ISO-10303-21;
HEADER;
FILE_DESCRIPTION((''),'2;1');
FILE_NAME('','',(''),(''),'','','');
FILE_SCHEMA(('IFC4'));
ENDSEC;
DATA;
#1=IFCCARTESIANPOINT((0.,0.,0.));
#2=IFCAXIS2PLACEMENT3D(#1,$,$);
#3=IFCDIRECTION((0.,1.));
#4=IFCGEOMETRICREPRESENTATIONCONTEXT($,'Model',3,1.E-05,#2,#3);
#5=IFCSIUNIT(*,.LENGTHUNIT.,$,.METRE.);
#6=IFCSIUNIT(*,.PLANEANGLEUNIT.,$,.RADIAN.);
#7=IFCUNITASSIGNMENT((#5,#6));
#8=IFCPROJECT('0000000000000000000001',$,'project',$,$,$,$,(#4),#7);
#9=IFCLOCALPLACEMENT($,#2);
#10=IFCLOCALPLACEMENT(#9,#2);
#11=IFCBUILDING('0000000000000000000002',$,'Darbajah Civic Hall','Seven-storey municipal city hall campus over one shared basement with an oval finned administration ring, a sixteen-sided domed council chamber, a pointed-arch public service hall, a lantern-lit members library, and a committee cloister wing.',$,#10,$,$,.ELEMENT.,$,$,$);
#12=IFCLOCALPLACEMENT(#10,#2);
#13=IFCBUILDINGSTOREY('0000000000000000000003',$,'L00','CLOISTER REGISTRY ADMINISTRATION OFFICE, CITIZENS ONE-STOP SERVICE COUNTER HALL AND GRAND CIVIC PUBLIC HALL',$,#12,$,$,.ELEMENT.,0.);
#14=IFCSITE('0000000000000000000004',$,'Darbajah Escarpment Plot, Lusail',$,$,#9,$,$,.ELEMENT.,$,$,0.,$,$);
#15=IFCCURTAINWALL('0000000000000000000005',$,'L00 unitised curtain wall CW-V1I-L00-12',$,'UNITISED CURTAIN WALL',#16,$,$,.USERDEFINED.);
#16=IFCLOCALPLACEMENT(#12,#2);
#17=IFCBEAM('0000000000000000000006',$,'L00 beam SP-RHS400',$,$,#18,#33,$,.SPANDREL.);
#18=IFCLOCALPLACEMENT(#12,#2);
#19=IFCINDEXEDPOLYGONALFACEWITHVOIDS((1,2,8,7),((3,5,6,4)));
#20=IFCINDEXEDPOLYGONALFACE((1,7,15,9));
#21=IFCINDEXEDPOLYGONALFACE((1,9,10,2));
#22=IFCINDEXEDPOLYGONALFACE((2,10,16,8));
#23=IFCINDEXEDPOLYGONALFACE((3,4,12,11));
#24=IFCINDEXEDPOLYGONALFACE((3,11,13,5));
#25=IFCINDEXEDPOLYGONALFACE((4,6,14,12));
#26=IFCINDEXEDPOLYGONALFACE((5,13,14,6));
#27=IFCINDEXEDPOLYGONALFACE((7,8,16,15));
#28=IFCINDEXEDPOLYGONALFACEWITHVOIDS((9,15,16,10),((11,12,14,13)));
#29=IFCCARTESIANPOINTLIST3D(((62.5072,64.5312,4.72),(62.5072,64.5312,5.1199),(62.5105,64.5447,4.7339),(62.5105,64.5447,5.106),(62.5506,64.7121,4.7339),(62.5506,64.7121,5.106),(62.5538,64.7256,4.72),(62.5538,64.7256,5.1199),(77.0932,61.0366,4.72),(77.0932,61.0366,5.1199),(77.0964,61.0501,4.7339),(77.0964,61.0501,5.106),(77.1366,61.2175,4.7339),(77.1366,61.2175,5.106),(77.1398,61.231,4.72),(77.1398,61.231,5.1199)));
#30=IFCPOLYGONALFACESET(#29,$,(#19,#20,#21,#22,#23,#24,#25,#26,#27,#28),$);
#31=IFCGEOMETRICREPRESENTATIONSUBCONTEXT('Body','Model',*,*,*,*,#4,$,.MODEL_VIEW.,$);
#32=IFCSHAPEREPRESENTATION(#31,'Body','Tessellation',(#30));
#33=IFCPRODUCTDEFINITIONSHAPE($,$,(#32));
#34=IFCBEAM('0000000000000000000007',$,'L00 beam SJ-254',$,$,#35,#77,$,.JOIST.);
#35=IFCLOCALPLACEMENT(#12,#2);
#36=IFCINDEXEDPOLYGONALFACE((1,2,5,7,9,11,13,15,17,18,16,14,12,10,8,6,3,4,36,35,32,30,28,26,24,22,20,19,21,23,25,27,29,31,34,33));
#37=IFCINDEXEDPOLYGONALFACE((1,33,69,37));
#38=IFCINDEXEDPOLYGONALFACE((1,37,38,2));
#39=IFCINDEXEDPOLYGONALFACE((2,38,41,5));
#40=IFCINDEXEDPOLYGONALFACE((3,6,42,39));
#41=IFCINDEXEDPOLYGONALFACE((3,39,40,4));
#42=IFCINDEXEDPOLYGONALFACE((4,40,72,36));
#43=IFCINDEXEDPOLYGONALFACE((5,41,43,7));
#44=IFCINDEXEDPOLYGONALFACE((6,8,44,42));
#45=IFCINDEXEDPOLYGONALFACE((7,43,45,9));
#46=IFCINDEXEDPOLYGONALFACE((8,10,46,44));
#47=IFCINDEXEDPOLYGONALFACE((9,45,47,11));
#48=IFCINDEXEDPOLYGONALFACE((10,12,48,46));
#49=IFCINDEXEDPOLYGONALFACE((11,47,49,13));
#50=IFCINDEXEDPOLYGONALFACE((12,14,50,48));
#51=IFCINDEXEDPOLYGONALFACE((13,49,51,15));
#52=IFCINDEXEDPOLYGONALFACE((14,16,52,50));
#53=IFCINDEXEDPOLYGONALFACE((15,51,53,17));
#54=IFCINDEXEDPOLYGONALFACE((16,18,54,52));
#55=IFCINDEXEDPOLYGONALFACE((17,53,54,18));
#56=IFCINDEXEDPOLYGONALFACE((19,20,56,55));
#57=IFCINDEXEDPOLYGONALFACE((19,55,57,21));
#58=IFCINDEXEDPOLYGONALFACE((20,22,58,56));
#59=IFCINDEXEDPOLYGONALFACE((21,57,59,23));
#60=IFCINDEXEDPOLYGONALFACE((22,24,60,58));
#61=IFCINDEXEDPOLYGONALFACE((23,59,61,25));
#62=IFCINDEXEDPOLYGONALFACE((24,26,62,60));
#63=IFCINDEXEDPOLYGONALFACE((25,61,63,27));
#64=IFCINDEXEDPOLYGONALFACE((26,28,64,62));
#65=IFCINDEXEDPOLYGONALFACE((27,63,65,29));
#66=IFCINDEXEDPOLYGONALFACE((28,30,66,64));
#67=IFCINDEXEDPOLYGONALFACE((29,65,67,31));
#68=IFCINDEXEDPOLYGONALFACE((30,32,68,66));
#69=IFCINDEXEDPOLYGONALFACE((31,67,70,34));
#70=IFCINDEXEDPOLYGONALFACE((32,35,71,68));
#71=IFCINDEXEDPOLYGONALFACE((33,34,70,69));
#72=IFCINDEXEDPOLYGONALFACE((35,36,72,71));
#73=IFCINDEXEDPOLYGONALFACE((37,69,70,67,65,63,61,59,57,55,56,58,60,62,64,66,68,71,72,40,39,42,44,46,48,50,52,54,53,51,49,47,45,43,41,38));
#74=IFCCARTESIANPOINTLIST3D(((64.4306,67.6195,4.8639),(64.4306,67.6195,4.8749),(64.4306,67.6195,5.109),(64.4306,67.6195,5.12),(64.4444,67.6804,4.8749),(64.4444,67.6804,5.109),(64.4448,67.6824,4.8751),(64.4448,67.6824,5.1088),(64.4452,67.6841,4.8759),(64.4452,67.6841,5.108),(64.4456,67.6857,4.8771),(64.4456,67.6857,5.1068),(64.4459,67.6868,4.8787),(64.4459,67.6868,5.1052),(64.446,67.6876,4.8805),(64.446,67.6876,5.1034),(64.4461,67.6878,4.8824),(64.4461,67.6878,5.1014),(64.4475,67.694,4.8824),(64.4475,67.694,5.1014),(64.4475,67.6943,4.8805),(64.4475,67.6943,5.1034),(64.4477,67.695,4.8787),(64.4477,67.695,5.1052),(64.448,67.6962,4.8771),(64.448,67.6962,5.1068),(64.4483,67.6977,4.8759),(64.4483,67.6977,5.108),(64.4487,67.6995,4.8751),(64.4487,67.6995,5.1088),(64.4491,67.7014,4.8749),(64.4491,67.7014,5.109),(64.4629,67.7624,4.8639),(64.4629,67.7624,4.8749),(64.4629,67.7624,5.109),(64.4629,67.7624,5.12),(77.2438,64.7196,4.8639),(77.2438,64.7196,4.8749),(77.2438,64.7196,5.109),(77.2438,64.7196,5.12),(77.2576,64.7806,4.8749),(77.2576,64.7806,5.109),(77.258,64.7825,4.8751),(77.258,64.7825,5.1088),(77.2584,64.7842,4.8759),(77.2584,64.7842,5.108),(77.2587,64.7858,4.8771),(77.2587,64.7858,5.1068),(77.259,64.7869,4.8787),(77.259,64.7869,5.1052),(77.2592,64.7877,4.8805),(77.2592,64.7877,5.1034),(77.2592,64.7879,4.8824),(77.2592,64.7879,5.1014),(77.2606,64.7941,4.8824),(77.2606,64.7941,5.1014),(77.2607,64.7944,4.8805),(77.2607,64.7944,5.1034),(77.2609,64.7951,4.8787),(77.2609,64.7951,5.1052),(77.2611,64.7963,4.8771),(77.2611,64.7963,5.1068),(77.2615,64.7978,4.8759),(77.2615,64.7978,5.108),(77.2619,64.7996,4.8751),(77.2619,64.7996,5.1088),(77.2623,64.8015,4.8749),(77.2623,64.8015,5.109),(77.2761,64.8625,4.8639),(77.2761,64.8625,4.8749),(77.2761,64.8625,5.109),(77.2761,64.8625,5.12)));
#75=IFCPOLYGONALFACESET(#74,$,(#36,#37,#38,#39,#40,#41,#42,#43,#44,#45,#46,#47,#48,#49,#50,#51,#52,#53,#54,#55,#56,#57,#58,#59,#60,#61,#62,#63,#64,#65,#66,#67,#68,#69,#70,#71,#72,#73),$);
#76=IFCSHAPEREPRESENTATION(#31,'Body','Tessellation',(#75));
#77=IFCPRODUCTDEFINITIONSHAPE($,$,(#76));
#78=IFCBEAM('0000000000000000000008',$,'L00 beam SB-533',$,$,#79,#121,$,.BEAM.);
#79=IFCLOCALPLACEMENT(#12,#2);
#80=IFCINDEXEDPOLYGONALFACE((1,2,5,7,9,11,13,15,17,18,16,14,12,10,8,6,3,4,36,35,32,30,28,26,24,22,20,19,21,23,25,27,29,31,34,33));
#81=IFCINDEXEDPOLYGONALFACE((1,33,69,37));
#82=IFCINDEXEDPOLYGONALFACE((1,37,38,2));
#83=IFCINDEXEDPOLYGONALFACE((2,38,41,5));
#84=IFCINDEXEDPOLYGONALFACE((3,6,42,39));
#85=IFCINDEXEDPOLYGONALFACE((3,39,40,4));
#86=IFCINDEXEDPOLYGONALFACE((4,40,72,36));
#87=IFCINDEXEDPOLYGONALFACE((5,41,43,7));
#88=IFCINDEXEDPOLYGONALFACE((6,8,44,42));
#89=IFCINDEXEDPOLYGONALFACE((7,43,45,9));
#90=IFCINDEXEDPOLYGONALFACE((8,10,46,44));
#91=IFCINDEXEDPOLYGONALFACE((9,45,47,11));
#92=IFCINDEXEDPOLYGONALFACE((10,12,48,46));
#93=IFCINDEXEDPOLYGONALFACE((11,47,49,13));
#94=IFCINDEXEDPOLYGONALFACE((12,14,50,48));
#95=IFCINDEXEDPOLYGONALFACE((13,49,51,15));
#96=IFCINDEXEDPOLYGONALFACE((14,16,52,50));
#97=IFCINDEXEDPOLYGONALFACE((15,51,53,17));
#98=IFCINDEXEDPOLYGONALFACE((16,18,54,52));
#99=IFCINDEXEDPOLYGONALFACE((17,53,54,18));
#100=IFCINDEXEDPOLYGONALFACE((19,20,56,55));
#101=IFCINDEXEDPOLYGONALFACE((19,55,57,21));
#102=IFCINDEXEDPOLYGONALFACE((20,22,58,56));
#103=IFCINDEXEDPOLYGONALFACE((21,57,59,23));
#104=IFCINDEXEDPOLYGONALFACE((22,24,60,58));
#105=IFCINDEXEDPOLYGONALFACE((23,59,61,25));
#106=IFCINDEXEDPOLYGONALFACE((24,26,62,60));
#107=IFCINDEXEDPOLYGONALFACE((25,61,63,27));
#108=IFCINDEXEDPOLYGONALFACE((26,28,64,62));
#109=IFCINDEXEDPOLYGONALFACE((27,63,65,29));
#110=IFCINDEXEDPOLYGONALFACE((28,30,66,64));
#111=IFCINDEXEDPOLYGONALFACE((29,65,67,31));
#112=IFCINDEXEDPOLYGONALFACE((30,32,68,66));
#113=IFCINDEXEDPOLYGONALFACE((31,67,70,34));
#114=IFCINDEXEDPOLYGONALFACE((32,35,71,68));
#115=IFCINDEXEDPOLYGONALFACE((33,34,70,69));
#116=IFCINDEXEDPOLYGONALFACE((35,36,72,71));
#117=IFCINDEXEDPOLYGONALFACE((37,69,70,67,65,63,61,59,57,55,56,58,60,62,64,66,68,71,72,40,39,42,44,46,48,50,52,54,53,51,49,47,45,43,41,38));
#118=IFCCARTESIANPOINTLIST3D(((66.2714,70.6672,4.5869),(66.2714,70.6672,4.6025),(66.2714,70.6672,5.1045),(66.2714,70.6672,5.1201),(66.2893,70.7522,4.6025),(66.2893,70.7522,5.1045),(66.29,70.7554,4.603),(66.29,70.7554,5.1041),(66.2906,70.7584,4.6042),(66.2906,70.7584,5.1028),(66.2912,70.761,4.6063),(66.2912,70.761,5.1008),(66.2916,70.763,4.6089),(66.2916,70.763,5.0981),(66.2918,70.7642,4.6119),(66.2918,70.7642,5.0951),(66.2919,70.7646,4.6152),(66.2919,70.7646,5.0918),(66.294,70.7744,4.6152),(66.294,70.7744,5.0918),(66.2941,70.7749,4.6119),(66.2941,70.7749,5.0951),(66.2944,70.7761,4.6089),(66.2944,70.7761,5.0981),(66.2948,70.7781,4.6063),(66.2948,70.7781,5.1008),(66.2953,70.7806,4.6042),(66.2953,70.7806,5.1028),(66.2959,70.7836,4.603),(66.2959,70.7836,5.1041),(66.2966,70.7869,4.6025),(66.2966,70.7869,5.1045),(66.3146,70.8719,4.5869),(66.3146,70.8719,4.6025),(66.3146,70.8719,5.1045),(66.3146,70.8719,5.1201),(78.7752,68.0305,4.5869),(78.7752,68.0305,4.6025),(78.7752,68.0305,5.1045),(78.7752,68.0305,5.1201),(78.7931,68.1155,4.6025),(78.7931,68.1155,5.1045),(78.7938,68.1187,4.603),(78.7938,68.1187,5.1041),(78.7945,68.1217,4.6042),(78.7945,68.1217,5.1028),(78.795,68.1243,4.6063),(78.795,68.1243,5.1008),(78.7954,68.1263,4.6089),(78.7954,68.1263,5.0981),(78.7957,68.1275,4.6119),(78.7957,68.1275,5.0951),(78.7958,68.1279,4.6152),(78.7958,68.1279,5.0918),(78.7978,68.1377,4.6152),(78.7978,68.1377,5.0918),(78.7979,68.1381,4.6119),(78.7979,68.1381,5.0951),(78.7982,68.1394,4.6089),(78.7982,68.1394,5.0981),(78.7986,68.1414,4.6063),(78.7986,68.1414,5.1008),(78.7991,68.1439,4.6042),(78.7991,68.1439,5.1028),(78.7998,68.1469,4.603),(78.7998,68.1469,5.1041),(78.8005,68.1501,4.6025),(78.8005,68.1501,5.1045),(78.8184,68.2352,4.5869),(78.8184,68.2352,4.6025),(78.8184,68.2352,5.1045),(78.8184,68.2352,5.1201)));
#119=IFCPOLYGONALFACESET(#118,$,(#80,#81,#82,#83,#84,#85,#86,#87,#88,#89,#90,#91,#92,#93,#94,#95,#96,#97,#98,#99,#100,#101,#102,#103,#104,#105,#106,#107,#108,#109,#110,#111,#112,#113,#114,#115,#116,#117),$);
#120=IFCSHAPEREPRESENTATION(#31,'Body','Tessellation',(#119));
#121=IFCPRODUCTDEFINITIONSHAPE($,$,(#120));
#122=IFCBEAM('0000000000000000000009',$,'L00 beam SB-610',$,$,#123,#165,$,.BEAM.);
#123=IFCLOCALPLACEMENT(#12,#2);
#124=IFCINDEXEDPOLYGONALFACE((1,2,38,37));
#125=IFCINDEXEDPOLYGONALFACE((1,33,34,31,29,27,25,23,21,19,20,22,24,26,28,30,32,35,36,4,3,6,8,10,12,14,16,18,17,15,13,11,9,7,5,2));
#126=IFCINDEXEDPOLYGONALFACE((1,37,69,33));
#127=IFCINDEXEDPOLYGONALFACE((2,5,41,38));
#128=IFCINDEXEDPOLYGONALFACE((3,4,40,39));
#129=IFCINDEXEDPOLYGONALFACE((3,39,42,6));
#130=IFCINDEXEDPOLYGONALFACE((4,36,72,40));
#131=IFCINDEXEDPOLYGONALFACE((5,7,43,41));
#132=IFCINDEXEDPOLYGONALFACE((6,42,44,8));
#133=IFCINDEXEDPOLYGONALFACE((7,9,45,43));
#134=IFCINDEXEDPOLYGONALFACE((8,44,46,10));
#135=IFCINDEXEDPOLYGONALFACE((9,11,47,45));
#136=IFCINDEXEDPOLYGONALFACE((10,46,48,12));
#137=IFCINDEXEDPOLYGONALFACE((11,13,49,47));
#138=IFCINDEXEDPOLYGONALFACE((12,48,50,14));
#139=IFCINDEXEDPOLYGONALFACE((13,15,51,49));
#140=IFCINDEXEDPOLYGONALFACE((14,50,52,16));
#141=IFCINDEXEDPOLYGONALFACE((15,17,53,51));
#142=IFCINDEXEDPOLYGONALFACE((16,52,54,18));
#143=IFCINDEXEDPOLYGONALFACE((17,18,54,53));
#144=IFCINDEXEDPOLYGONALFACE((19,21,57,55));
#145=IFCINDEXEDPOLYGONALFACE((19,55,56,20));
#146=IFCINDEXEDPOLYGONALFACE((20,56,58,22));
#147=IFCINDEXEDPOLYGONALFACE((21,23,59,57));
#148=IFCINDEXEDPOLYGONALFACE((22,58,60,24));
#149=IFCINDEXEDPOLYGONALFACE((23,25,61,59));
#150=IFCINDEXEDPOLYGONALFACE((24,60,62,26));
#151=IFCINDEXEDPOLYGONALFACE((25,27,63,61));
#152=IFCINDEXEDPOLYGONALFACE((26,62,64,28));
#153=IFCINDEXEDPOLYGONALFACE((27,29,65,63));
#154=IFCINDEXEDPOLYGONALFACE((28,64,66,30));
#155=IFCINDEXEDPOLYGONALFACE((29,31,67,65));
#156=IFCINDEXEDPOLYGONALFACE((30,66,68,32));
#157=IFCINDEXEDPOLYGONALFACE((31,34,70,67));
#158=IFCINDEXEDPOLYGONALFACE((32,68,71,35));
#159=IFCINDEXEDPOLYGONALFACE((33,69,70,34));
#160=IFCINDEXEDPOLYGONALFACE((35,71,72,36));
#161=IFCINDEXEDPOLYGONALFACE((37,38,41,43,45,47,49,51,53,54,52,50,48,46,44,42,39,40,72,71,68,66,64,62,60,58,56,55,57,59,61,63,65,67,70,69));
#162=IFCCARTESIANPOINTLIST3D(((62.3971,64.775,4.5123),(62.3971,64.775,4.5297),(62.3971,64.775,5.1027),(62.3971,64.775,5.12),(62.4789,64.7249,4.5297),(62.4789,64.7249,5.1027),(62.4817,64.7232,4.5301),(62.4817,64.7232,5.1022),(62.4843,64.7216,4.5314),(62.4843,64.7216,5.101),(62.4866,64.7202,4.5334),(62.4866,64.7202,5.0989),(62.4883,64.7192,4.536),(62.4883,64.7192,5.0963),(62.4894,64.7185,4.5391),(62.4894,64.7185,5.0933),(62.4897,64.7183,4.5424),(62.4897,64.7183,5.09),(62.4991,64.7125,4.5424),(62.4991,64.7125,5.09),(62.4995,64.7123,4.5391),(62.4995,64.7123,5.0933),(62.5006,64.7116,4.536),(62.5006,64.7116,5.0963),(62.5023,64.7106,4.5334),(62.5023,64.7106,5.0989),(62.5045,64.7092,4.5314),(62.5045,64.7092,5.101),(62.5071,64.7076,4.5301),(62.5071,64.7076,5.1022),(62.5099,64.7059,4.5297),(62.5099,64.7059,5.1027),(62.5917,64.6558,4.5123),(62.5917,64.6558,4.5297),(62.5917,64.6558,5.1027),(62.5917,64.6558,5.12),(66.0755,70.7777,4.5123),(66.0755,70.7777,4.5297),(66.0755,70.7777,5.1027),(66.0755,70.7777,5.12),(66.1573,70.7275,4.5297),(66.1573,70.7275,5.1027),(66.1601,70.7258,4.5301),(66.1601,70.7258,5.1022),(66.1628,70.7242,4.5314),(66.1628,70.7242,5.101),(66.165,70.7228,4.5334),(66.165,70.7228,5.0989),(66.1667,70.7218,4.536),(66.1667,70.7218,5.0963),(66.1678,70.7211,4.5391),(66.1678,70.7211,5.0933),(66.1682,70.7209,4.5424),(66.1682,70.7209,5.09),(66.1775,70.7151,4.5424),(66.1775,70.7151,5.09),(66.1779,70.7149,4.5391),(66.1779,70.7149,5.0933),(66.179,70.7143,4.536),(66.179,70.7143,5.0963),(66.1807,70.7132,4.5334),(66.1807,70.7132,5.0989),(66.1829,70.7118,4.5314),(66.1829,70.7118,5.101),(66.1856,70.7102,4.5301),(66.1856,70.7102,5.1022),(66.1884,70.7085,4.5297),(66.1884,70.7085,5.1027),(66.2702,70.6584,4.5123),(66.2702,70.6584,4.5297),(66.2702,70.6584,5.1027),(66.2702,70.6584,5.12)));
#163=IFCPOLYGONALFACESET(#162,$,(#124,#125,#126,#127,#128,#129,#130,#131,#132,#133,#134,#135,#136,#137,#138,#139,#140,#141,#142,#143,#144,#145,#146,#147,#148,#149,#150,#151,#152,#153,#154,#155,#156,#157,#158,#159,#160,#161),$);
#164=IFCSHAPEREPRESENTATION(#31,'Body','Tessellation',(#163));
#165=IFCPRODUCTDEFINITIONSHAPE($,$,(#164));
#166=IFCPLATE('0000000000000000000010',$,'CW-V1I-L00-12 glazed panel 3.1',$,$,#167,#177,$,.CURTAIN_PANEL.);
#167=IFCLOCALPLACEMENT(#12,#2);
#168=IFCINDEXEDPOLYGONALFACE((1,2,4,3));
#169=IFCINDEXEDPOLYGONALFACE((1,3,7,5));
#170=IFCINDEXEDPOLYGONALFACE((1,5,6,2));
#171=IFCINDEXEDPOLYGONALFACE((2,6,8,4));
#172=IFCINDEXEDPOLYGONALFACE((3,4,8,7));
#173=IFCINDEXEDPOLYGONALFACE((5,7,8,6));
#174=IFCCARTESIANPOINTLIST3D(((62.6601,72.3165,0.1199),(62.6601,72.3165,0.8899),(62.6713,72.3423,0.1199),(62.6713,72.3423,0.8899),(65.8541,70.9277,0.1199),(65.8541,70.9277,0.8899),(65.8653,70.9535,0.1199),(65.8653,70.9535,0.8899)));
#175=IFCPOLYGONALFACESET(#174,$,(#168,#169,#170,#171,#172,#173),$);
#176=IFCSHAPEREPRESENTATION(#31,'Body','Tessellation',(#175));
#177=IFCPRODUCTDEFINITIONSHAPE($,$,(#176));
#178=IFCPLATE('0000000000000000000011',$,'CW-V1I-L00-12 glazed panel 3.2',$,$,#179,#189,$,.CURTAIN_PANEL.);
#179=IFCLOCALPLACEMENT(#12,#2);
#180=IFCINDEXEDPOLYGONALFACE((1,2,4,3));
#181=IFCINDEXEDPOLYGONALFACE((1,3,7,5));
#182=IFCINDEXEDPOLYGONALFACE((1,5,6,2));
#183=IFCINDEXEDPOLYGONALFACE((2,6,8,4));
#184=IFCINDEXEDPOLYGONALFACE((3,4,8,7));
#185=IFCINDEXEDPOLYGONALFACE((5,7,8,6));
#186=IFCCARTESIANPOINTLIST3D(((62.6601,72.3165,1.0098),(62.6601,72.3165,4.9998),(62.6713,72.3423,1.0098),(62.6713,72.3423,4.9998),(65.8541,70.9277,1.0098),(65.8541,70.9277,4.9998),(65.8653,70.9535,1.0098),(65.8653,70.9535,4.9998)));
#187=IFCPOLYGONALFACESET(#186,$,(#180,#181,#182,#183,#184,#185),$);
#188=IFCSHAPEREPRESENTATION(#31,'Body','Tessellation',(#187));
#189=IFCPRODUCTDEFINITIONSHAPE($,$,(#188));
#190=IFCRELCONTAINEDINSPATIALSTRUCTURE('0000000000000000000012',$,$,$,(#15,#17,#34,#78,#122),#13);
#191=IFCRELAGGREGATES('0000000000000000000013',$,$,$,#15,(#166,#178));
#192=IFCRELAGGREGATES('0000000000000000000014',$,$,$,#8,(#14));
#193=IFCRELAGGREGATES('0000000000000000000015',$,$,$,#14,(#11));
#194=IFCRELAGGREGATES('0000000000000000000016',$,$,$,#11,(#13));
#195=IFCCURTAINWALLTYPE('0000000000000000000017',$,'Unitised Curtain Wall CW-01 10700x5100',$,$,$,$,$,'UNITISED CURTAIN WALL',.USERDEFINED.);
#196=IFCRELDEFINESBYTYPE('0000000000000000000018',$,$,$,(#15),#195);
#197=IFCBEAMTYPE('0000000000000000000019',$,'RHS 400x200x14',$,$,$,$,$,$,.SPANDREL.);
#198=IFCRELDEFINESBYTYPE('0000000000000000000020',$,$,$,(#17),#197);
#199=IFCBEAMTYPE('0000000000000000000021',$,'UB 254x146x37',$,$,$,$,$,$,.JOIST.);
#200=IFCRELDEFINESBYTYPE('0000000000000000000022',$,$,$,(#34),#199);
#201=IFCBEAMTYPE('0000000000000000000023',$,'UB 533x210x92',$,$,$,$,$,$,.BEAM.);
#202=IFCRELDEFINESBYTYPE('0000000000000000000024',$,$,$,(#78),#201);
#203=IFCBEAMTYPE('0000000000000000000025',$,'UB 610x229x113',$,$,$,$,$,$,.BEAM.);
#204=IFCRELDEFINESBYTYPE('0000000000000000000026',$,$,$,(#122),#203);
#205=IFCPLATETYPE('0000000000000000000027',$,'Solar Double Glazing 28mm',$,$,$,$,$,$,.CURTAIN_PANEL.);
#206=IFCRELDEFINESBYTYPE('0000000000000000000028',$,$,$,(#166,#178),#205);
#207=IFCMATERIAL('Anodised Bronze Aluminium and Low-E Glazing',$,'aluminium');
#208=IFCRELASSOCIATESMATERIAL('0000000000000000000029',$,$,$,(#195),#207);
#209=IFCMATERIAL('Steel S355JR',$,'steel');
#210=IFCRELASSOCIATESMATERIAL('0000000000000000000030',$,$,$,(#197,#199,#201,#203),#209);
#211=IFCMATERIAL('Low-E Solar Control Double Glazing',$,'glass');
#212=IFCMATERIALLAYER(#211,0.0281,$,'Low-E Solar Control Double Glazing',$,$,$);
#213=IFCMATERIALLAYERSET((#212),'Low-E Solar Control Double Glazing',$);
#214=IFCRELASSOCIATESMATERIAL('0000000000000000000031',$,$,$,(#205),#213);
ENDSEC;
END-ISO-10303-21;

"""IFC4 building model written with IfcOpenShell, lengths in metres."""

from ifc_helpers import new_model, si_unit, direction, frame, origin, origin_2d, place, context, subcontext, project, spatial, rectangle, hollow_rectangle, i_section, extrude, material, layer, layer_set, material_profile, profile_set, type_object, element, aggregate, save


model = new_model("IFC4")

# Units and contexts
model_context = context("Model", 3, precision=1e-05, world=origin(), true_north=direction((0.0, 1.0)))
body_context = subcontext(model_context, "Body", "Model", "MODEL_VIEW")
ifc_project = project(units=[si_unit("LENGTHUNIT", "METRE"), si_unit("PLANEANGLEUNIT", "RADIAN")], contexts=[model_context])

# Site, building, storey
site_placement = place(None, origin())
site = spatial("IfcSite", under=ifc_project, at=site_placement, Name="Darbajah Escarpment Plot, Lusail", CompositionType="ELEMENT", RefElevation=0.0)
building_placement = place(site_placement, origin())
building = spatial("IfcBuilding", under=site, at=building_placement, Name="Darbajah Civic Hall", Description="Seven-storey municipal city hall campus over one shared basement with an oval finned administration ring, a sixteen-sided domed council chamber, a pointed-arch public service hall, a lantern-lit members library, and a committee cloister wing.", CompositionType="ELEMENT")
storey_placement = place(building_placement, origin())
storey = spatial("IfcBuildingStorey", under=building, at=storey_placement, Name="L00", Description="CLOISTER REGISTRY ADMINISTRATION OFFICE, CITIZENS ONE-STOP SERVICE COUNTER HALL AND GRAND CIVIC PUBLIC HALL", CompositionType="ELEMENT", Elevation=0.0)

# Curtain wall
ifc_material_1 = material(Name="Anodised Bronze Aluminium and Low-E Glazing", Category="aluminium")
curtain_wall_type_1 = type_object("IfcCurtainWallType", Name="Unitised Curtain Wall CW-01 10700x5100", ElementType="UNITISED CURTAIN WALL", PredefinedType="USERDEFINED", material=ifc_material_1)
curtain_wall_1_placement = place(storey_placement, origin())
curtain_wall_1 = element("IfcCurtainWall", 1, at=curtain_wall_1_placement, inside=storey, type_object=curtain_wall_type_1, Name="L00 unitised curtain wall CW-V1I-L00-12", ObjectType="UNITISED CURTAIN WALL", PredefinedType="USERDEFINED")

# Beams
ifc_material_2 = material(Name="Steel S355JR", Category="steel")
ifc_material_profile_1 = material_profile(ifc_material_2, hollow_rectangle(XDim=0.2, YDim=0.3999, WallThickness=0.0139, at=origin_2d()), Name="RHS 400x200x14")
ifc_profile_set_1 = profile_set([ifc_material_profile_1], Name="Steel S355JR")
beam_type_1 = type_object("IfcBeamType", Name="RHS 400x200x14", PredefinedType="SPANDREL", material=ifc_profile_set_1)
beam_1_placement = place(storey_placement, frame((62.5305, 64.6284, 4.9199), z_axis=(0.972478, -0.232995, 0.0), x_axis=(0.232995, 0.972478, 0.0)))
element("IfcBeam", 2, at=beam_1_placement, inside=storey, type_object=beam_type_1, Name="L00 beam SP-RHS400", PredefinedType="SPANDREL", context=body_context, shape_type="SweptSolid", body=[
    extrude(hollow_rectangle(XDim=0.2, YDim=0.3999, WallThickness=0.0139, at=origin_2d()), origin(), (0.0, 0.0, 1.0), 14.9988),
])
ifc_material_profile_2 = material_profile(ifc_material_2, i_section(OverallWidth=0.1465, OverallDepth=0.2561, WebThickness=0.0063, FlangeThickness=0.011, FilletRadius=0.0076, at=origin_2d()), Name="UB 254x146x37")
ifc_profile_set_2 = profile_set([ifc_material_profile_2], Name="Steel S355JR")
beam_type_2 = type_object("IfcBeamType", Name="UB 254x146x37", PredefinedType="JOIST", material=ifc_profile_set_2)
beam_2_placement = place(storey_placement, frame((64.4468, 67.6909, 4.9919), z_axis=(0.975333, -0.220738, 0.0), x_axis=(0.220738, 0.975333, 0.0)))
element("IfcBeam", 3, at=beam_2_placement, inside=storey, type_object=beam_type_2, Name="L00 beam SJ-254", PredefinedType="JOIST", context=body_context, shape_type="SweptSolid", body=[
    extrude(i_section(OverallWidth=0.1465, OverallDepth=0.2561, WebThickness=0.0063, FlangeThickness=0.011, FilletRadius=0.0076, at=origin_2d()), origin(), (0.0, 0.0, 1.0), 13.1372),
])
ifc_material_profile_3 = material_profile(ifc_material_2, i_section(OverallWidth=0.2092, OverallDepth=0.5332, WebThickness=0.01, FlangeThickness=0.0156, FilletRadius=0.0127, at=origin_2d()), Name="UB 533x210x92")
ifc_profile_set_3 = profile_set([ifc_material_profile_3], Name="Steel S355JR")
beam_type_3 = type_object("IfcBeamType", Name="UB 533x210x92", PredefinedType="BEAM", material=ifc_profile_set_3)
beam_3_placement = place(storey_placement, frame((66.293, 70.7695, 4.8535), z_axis=(0.978482, -0.206334, 0.0), x_axis=(0.206334, 0.978482, 0.0)))
element("IfcBeam", 4, at=beam_3_placement, inside=storey, type_object=beam_type_3, Name="L00 beam SB-533", PredefinedType="BEAM", context=body_context, shape_type="SweptSolid", body=[
    extrude(i_section(OverallWidth=0.2092, OverallDepth=0.5332, WebThickness=0.01, FlangeThickness=0.0156, FilletRadius=0.0127, at=origin_2d()), origin(), (0.0, 0.0, 1.0), 12.7788),
])
ifc_material_profile_4 = material_profile(ifc_material_2, i_section(OverallWidth=0.2283, OverallDepth=0.6077, WebThickness=0.011, FlangeThickness=0.0173, FilletRadius=0.0127, at=origin_2d()), Name="UB 610x229x113")
ifc_profile_set_4 = profile_set([ifc_material_profile_4], Name="Steel S355JR")
beam_type_4 = type_object("IfcBeamType", Name="UB 610x229x113", PredefinedType="BEAM", material=ifc_profile_set_4)
beam_4_placement = place(storey_placement, frame((66.1729, 70.718, 4.8162), z_axis=(-0.5225, -0.852639, 0.0), x_axis=(0.852639, -0.5225, 0.0)))
element("IfcBeam", 5, at=beam_4_placement, inside=storey, type_object=beam_type_4, Name="L00 beam SB-610", PredefinedType="BEAM", context=body_context, shape_type="SweptSolid", body=[
    extrude(i_section(OverallWidth=0.2283, OverallDepth=0.6077, WebThickness=0.011, FlangeThickness=0.0173, FilletRadius=0.0127, at=origin_2d()), origin(), (0.0, 0.0, 1.0), 7.04),
])

# Plates
ifc_material_3 = material(Name="Low-E Solar Control Double Glazing", Category="glass")
ifc_layer_1 = layer(ifc_material_3, 0.0281, Name="Low-E Solar Control Double Glazing")
ifc_layer_set_1 = layer_set([ifc_layer_1], Name="Low-E Solar Control Double Glazing")
plate_type = type_object("IfcPlateType", Name="Solar Double Glazing 28mm", PredefinedType="CURTAIN_PANEL", material=ifc_layer_set_1)
plate_1_placement = place(storey_placement, frame((64.2627, 71.635, 0.1199), z_axis=(0.0, 0.0, 1.0), x_axis=(0.91706, -0.398749, 0.0)))
plate_1 = element("IfcPlate", 6, at=plate_1_placement, type_object=plate_type, Name="CW-V1I-L00-12 glazed panel 3.1", PredefinedType="CURTAIN_PANEL", context=body_context, shape_type="SweptSolid", body=[
    extrude(rectangle(XDim=3.4829, YDim=0.0281, at=origin_2d()), origin(), (0.0, 0.0, 1.0), 0.77),
])
plate_2_placement = place(storey_placement, frame((64.2627, 71.635, 1.0098), z_axis=(0.0, 0.0, 1.0), x_axis=(0.91706, -0.398749, 0.0)))
plate_2 = element("IfcPlate", 7, at=plate_2_placement, type_object=plate_type, Name="CW-V1I-L00-12 glazed panel 3.2", PredefinedType="CURTAIN_PANEL", context=body_context, shape_type="SweptSolid", body=[
    extrude(rectangle(XDim=3.4829, YDim=0.0281, at=origin_2d()), origin(), (0.0, 0.0, 1.0), 3.99),
])
aggregate(curtain_wall_1, [plate_1, plate_2])

save(model, "model.ifc")
